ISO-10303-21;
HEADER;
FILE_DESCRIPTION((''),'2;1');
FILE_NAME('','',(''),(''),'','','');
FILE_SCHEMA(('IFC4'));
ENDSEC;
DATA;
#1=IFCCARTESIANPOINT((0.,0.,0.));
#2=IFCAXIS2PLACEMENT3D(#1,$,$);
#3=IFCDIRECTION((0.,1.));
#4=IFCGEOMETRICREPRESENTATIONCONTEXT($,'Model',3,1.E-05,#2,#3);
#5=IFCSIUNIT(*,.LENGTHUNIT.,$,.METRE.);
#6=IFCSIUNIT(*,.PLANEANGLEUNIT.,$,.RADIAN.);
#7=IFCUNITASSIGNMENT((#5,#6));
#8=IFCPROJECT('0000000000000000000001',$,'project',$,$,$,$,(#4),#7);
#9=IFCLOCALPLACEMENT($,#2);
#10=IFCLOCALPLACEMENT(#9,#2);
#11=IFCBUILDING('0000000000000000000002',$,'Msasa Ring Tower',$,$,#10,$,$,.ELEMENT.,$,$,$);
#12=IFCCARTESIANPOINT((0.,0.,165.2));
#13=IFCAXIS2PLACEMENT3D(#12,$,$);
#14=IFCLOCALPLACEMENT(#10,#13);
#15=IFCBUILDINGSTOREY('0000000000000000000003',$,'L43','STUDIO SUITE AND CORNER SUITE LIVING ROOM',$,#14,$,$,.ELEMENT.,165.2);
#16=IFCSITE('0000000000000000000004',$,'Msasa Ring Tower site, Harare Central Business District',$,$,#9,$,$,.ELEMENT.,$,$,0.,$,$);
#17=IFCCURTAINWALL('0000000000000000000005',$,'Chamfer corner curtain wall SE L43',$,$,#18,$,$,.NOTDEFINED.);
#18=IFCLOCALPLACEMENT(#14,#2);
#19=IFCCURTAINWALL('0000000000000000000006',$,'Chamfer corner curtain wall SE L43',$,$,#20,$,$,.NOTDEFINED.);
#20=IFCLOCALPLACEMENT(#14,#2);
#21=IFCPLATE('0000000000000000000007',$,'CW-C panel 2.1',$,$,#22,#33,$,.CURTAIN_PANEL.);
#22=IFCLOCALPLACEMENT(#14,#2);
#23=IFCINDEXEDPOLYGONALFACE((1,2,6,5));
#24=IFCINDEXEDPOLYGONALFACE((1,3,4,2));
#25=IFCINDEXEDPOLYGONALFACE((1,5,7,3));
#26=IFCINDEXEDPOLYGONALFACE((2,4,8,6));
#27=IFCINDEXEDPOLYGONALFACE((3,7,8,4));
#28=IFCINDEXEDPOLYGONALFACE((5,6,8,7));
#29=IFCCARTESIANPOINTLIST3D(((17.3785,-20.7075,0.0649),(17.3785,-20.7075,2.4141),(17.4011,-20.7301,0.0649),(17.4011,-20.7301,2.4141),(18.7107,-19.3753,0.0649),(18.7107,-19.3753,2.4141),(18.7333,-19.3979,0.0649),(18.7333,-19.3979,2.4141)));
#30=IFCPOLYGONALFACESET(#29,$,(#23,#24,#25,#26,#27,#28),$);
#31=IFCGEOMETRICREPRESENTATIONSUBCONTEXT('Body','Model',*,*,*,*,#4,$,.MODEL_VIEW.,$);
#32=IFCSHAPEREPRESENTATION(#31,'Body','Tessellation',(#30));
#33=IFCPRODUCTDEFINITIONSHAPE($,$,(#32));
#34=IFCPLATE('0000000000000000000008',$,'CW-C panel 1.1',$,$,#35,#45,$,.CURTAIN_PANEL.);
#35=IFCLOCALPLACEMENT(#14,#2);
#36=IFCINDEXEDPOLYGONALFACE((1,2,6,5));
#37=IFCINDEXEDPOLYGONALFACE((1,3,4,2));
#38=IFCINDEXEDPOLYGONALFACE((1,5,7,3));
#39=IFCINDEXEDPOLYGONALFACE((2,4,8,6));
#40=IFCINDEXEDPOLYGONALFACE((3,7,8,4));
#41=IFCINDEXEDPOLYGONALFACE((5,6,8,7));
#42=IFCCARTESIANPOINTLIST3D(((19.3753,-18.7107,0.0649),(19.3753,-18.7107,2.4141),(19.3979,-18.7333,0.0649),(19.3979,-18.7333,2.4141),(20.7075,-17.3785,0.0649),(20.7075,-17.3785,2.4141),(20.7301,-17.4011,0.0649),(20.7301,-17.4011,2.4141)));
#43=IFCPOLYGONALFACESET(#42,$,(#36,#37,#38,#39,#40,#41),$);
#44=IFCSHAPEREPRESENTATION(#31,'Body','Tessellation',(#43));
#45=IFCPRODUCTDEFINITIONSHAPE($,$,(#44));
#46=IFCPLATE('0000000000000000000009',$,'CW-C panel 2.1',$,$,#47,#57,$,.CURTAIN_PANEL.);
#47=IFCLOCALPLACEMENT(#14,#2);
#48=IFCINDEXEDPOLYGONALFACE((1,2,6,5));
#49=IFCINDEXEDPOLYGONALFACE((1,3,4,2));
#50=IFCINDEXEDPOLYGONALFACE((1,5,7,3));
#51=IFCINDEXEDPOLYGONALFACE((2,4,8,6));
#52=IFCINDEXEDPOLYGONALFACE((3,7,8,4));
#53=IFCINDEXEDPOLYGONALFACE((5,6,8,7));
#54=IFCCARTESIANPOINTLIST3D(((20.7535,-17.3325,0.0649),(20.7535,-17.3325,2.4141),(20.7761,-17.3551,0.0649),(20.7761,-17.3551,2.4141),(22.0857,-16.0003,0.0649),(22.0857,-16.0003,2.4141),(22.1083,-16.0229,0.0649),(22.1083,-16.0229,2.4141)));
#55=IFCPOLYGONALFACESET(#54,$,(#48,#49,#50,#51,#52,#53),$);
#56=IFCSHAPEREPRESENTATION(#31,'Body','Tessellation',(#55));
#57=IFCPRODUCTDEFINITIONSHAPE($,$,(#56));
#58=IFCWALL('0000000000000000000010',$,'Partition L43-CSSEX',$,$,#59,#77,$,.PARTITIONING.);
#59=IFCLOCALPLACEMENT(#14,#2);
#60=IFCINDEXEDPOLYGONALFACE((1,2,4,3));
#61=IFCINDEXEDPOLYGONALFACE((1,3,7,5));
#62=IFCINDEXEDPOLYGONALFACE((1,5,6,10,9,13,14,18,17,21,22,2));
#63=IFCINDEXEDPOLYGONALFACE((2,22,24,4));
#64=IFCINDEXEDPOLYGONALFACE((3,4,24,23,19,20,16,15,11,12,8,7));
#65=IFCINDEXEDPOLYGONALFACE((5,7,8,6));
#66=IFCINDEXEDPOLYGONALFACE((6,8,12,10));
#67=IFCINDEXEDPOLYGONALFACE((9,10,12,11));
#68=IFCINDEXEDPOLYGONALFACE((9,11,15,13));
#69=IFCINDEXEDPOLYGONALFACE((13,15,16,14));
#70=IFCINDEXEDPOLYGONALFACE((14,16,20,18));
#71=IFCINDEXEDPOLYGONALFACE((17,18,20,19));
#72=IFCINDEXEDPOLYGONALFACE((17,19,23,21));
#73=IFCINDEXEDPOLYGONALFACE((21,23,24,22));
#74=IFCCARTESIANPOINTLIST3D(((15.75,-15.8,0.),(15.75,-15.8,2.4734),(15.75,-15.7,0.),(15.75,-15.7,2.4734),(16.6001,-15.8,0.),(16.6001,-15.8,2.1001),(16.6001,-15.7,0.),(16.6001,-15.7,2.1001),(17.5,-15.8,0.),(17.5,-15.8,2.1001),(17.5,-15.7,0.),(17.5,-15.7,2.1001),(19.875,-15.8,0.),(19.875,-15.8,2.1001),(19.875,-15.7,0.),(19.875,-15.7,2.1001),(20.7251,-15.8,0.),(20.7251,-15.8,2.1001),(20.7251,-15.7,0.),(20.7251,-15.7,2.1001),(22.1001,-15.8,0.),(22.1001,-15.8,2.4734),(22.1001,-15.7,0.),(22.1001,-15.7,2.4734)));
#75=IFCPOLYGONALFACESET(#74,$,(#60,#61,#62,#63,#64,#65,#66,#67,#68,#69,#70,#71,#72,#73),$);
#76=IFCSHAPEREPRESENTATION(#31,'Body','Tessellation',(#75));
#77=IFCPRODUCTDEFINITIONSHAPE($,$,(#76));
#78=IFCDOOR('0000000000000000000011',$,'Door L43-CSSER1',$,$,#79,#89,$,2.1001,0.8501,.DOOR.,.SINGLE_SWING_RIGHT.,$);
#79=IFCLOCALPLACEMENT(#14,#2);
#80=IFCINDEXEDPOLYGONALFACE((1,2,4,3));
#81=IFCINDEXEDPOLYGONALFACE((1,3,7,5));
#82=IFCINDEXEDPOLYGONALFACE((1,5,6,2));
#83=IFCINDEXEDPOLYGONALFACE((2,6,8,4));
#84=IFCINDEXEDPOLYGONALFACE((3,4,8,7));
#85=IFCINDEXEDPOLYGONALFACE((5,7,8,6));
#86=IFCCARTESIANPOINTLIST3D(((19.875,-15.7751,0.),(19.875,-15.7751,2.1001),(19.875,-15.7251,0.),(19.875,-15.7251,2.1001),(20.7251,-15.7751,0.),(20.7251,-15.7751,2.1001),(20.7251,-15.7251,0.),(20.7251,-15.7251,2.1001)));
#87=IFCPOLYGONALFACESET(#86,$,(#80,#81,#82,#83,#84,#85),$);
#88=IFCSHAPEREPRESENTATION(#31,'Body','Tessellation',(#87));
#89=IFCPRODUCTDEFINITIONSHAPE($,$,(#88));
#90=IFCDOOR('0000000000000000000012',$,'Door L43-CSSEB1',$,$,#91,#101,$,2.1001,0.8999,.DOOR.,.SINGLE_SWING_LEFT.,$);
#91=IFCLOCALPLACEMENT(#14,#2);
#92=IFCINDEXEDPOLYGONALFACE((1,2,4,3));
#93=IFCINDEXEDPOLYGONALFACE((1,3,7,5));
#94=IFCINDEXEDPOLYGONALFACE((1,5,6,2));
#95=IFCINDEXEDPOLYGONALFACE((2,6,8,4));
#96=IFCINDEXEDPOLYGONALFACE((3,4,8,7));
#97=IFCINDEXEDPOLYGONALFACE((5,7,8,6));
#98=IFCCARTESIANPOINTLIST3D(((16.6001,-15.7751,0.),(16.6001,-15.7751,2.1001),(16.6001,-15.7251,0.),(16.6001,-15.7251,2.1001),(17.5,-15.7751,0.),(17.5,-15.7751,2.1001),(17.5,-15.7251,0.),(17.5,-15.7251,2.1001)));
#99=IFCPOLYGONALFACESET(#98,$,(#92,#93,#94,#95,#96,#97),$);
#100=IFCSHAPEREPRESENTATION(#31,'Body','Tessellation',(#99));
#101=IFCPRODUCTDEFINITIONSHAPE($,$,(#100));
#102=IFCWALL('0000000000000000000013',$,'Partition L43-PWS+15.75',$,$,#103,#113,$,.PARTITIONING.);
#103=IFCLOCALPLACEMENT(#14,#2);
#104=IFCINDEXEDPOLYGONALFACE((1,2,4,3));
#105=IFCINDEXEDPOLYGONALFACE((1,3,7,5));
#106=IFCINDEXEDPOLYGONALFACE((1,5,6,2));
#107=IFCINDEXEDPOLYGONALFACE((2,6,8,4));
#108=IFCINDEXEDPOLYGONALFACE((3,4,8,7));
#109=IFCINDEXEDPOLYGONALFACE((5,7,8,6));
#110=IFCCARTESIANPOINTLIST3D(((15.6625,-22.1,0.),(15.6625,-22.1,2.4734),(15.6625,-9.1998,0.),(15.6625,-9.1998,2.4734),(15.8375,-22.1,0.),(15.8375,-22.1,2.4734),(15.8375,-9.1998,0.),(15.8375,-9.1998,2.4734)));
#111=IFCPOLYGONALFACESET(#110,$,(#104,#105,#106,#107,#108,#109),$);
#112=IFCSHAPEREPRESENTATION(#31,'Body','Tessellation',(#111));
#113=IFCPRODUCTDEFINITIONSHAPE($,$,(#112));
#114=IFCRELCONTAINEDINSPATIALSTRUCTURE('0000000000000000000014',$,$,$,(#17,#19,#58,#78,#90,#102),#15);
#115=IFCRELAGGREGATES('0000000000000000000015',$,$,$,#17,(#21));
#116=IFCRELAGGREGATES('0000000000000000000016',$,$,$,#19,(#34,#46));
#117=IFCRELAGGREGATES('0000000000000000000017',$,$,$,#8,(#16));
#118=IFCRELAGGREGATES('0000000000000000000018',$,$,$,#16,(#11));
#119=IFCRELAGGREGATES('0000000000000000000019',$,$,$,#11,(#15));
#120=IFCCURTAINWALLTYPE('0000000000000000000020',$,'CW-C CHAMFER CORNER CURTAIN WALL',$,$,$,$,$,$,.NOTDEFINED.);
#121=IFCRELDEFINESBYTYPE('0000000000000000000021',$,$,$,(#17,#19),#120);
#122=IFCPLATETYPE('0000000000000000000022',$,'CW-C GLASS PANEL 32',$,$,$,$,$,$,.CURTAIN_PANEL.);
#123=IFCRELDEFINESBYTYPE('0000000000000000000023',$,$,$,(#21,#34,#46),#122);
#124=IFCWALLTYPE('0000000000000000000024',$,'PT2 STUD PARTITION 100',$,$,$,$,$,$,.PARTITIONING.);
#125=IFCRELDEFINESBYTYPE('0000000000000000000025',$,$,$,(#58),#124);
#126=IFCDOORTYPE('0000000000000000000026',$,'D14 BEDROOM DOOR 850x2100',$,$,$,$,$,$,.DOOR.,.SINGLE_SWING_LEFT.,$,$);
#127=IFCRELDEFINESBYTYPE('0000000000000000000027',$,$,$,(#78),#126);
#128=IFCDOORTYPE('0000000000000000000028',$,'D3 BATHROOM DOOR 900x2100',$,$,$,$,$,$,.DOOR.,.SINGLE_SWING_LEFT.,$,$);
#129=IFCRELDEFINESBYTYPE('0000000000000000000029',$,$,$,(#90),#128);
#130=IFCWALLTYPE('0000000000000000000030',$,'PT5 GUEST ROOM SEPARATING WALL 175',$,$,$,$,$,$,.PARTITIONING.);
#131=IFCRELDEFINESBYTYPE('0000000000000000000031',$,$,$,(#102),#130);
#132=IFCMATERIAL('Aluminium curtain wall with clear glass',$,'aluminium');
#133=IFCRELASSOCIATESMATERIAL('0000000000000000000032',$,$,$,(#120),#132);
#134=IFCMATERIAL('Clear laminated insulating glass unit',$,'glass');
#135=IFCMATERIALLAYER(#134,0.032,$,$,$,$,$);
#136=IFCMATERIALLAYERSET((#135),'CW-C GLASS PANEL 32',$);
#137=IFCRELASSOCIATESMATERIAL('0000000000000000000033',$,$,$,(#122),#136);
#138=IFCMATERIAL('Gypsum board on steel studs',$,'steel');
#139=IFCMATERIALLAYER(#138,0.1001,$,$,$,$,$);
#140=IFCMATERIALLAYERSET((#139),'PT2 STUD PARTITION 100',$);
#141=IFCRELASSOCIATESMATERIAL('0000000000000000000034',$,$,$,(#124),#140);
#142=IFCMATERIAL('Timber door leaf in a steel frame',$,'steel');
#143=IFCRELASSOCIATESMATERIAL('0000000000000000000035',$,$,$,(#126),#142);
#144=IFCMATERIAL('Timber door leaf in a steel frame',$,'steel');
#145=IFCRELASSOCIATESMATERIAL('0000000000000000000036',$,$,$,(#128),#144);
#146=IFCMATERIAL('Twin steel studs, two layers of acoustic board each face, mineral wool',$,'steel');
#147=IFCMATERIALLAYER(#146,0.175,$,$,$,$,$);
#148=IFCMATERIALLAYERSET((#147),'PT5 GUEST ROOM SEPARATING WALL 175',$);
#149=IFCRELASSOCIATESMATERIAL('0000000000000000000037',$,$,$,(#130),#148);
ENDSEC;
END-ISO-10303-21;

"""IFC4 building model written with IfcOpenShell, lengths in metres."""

from ifc_helpers import new_model, si_unit, direction, frame, frame_2d, origin, origin_2d, place, context, subcontext, project, spatial, rectangle, extrude, material, layer, layer_set, type_object, element, fill, aggregate, save


model = new_model("IFC4")

# Units and contexts
model_context = context("Model", 3, precision=1e-05, world=origin(), true_north=direction((0.0, 1.0)))
body_context = subcontext(model_context, "Body", "Model", "MODEL_VIEW")
ifc_project = project(units=[si_unit("LENGTHUNIT", "METRE"), si_unit("PLANEANGLEUNIT", "RADIAN")], contexts=[model_context])

# Site, building, storey
site_placement = place(None, origin())
site = spatial("IfcSite", under=ifc_project, at=site_placement, Name="Msasa Ring Tower site, Harare Central Business District", CompositionType="ELEMENT", RefElevation=0.0)
building_placement = place(site_placement, origin())
building = spatial("IfcBuilding", under=site, at=building_placement, Name="Msasa Ring Tower", CompositionType="ELEMENT")
storey_placement = place(building_placement, frame((0.0, 0.0, 165.2)))
storey = spatial("IfcBuildingStorey", under=building, at=storey_placement, Name="L43", Description="STUDIO SUITE AND CORNER SUITE LIVING ROOM", CompositionType="ELEMENT", Elevation=165.2)

# Curtain walls
ifc_material_1 = material(Name="Aluminium curtain wall with clear glass", Category="aluminium")
curtain_wall_type = type_object("IfcCurtainWallType", Name="CW-C CHAMFER CORNER CURTAIN WALL", PredefinedType="NOTDEFINED", material=ifc_material_1)
curtain_wall_1_placement = place(storey_placement, origin())
curtain_wall_1 = element("IfcCurtainWall", 1, at=curtain_wall_1_placement, inside=storey, type_object=curtain_wall_type, Name="Chamfer corner curtain wall SE L43", PredefinedType="NOTDEFINED")
curtain_wall_2_placement = place(storey_placement, origin())
curtain_wall_2 = element("IfcCurtainWall", 2, at=curtain_wall_2_placement, inside=storey, type_object=curtain_wall_type, Name="Chamfer corner curtain wall SE L43", PredefinedType="NOTDEFINED")

# Plates
ifc_material_2 = material(Name="Clear laminated insulating glass unit", Category="glass")
ifc_layer_1 = layer(ifc_material_2, 0.032)
ifc_layer_set_1 = layer_set([ifc_layer_1], Name="CW-C GLASS PANEL 32")
plate_type = type_object("IfcPlateType", Name="CW-C GLASS PANEL 32", PredefinedType="CURTAIN_PANEL", material=ifc_layer_set_1)
plate_1_placement = place(storey_placement, frame((18.0559, -20.0527, 0.0649), z_axis=(0.0, 0.0, 1.0), x_axis=(0.707107, 0.707107, 0.0)))
plate_1 = element("IfcPlate", 3, at=plate_1_placement, type_object=plate_type, Name="CW-C panel 2.1", PredefinedType="CURTAIN_PANEL", context=body_context, shape_type="SweptSolid", body=[
    extrude(rectangle(XDim=1.884, YDim=0.032, at=origin_2d()), origin(), (0.0, 0.0, 1.0), 2.3491),
])
aggregate(curtain_wall_1, [plate_1])
plate_2_placement = place(storey_placement, frame((20.0527, -18.0559, 0.0649), z_axis=(0.0, 0.0, 1.0), x_axis=(0.707107, 0.707107, 0.0)))
plate_2 = element("IfcPlate", 4, at=plate_2_placement, type_object=plate_type, Name="CW-C panel 1.1", PredefinedType="CURTAIN_PANEL", context=body_context, shape_type="SweptSolid", body=[
    extrude(rectangle(XDim=1.884, YDim=0.032, at=origin_2d()), origin(), (0.0, 0.0, 1.0), 2.3491),
])
plate_3_placement = place(storey_placement, frame((21.4309, -16.6777, 0.0649), z_axis=(0.0, 0.0, 1.0), x_axis=(0.707107, 0.707107, 0.0)))
plate_3 = element("IfcPlate", 5, at=plate_3_placement, type_object=plate_type, Name="CW-C panel 2.1", PredefinedType="CURTAIN_PANEL", context=body_context, shape_type="SweptSolid", body=[
    extrude(rectangle(XDim=1.884, YDim=0.032, at=origin_2d()), origin(), (0.0, 0.0, 1.0), 2.3491),
])
aggregate(curtain_wall_2, [plate_2, plate_3])

# Wall, openings, doors
ifc_material_3 = material(Name="Gypsum board on steel studs", Category="steel")
ifc_layer_2 = layer(ifc_material_3, 0.1001)
ifc_layer_set_2 = layer_set([ifc_layer_2], Name="PT2 STUD PARTITION 100")
wall_type_1 = type_object("IfcWallType", Name="PT2 STUD PARTITION 100", PredefinedType="PARTITIONING", material=ifc_layer_set_2)
wall_1_placement = place(storey_placement, frame((15.75, -15.75, 0.0), z_axis=(0.0, 0.0, 1.0), x_axis=(1.0, 0.0, 0.0)))
wall_1 = element("IfcWall", 6, at=wall_1_placement, inside=storey, type_object=wall_type_1, Name="Partition L43-CSSEX", PredefinedType="PARTITIONING", context=body_context, shape_type="SweptSolid", body=[
    extrude(rectangle(XDim=6.3501, YDim=0.1001, at=frame_2d((3.175, 0.0))), origin(), (0.0, 0.0, 1.0), 2.4734),
])
opening_1_placement = place(wall_1_placement, frame((4.125, 0.0, 0.0)))
opening_1 = element("IfcOpeningElement", 7, at=opening_1_placement, cuts=wall_1, PredefinedType="OPENING", context=body_context, shape_type="SweptSolid", body=[
    extrude(rectangle(XDim=0.8501, YDim=2.1001, at=frame_2d((0.425, 1.05))), frame((0.0, 0.0601, 0.0), z_axis=(0.0, -1.0, 0.0), x_axis=(1.0, 0.0, 0.0)), (0.0, 0.0, 1.0), 0.1201),
])
opening_2_placement = place(wall_1_placement, frame((0.8501, 0.0, 0.0)))
opening_2 = element("IfcOpeningElement", 8, at=opening_2_placement, cuts=wall_1, PredefinedType="OPENING", context=body_context, shape_type="SweptSolid", body=[
    extrude(rectangle(XDim=0.8999, YDim=2.1001, at=frame_2d((0.45, 1.05))), frame((0.0, 0.0601, 0.0), z_axis=(0.0, -1.0, 0.0), x_axis=(1.0, 0.0, 0.0)), (0.0, 0.0, 1.0), 0.1201),
])
ifc_material_4 = material(Name="Timber door leaf in a steel frame", Category="steel")
door_type_1 = type_object("IfcDoorType", Name="D14 BEDROOM DOOR 850x2100", OperationType="SINGLE_SWING_LEFT", PredefinedType="DOOR", material=ifc_material_4)
door_1_placement = place(opening_1_placement, origin())
door_1 = element("IfcDoor", 9, at=door_1_placement, inside=storey, type_object=door_type_1, Name="Door L43-CSSER1", OperationType="SINGLE_SWING_RIGHT", OverallHeight=2.1001, OverallWidth=0.8501, PredefinedType="DOOR", context=body_context, shape_type="SweptSolid", body=[
    extrude(rectangle(XDim=0.8501, YDim=2.1001, at=frame_2d((0.425, 1.05))), frame((0.0, 0.0249, 0.0), z_axis=(0.0, -1.0, 0.0), x_axis=(1.0, 0.0, 0.0)), (0.0, 0.0, 1.0), 0.05),
])
fill(opening_1, door_1)
ifc_material_5 = material(Name="Timber door leaf in a steel frame", Category="steel")
door_type_2 = type_object("IfcDoorType", Name="D3 BATHROOM DOOR 900x2100", OperationType="SINGLE_SWING_LEFT", PredefinedType="DOOR", material=ifc_material_5)
door_2_placement = place(opening_2_placement, origin())
door_2 = element("IfcDoor", 10, at=door_2_placement, inside=storey, type_object=door_type_2, Name="Door L43-CSSEB1", OperationType="SINGLE_SWING_LEFT", OverallHeight=2.1001, OverallWidth=0.8999, PredefinedType="DOOR", context=body_context, shape_type="SweptSolid", body=[
    extrude(rectangle(XDim=0.8999, YDim=2.1001, at=frame_2d((0.45, 1.05))), frame((0.0, 0.0249, 0.0), z_axis=(0.0, -1.0, 0.0), x_axis=(1.0, 0.0, 0.0)), (0.0, 0.0, 1.0), 0.05),
])
fill(opening_2, door_2)

# Wall
ifc_material_6 = material(Name="Twin steel studs, two layers of acoustic board each face, mineral wool", Category="steel")
ifc_layer_3 = layer(ifc_material_6, 0.175)
ifc_layer_set_3 = layer_set([ifc_layer_3], Name="PT5 GUEST ROOM SEPARATING WALL 175")
wall_type_2 = type_object("IfcWallType", Name="PT5 GUEST ROOM SEPARATING WALL 175", PredefinedType="PARTITIONING", material=ifc_layer_set_3)
wall_2_placement = place(storey_placement, frame((15.75, -22.1001, 0.0), z_axis=(0.0, 0.0, 1.0), x_axis=(0.0, 1.0, 0.0)))
element("IfcWall", 11, at=wall_2_placement, inside=storey, type_object=wall_type_2, Name="Partition L43-PWS+15.75", PredefinedType="PARTITIONING", context=body_context, shape_type="SweptSolid", body=[
    extrude(rectangle(XDim=12.9001, YDim=0.175, at=frame_2d((6.4502, 0.0))), origin(), (0.0, 0.0, 1.0), 2.4734),
])

save(model, "model.ifc")
